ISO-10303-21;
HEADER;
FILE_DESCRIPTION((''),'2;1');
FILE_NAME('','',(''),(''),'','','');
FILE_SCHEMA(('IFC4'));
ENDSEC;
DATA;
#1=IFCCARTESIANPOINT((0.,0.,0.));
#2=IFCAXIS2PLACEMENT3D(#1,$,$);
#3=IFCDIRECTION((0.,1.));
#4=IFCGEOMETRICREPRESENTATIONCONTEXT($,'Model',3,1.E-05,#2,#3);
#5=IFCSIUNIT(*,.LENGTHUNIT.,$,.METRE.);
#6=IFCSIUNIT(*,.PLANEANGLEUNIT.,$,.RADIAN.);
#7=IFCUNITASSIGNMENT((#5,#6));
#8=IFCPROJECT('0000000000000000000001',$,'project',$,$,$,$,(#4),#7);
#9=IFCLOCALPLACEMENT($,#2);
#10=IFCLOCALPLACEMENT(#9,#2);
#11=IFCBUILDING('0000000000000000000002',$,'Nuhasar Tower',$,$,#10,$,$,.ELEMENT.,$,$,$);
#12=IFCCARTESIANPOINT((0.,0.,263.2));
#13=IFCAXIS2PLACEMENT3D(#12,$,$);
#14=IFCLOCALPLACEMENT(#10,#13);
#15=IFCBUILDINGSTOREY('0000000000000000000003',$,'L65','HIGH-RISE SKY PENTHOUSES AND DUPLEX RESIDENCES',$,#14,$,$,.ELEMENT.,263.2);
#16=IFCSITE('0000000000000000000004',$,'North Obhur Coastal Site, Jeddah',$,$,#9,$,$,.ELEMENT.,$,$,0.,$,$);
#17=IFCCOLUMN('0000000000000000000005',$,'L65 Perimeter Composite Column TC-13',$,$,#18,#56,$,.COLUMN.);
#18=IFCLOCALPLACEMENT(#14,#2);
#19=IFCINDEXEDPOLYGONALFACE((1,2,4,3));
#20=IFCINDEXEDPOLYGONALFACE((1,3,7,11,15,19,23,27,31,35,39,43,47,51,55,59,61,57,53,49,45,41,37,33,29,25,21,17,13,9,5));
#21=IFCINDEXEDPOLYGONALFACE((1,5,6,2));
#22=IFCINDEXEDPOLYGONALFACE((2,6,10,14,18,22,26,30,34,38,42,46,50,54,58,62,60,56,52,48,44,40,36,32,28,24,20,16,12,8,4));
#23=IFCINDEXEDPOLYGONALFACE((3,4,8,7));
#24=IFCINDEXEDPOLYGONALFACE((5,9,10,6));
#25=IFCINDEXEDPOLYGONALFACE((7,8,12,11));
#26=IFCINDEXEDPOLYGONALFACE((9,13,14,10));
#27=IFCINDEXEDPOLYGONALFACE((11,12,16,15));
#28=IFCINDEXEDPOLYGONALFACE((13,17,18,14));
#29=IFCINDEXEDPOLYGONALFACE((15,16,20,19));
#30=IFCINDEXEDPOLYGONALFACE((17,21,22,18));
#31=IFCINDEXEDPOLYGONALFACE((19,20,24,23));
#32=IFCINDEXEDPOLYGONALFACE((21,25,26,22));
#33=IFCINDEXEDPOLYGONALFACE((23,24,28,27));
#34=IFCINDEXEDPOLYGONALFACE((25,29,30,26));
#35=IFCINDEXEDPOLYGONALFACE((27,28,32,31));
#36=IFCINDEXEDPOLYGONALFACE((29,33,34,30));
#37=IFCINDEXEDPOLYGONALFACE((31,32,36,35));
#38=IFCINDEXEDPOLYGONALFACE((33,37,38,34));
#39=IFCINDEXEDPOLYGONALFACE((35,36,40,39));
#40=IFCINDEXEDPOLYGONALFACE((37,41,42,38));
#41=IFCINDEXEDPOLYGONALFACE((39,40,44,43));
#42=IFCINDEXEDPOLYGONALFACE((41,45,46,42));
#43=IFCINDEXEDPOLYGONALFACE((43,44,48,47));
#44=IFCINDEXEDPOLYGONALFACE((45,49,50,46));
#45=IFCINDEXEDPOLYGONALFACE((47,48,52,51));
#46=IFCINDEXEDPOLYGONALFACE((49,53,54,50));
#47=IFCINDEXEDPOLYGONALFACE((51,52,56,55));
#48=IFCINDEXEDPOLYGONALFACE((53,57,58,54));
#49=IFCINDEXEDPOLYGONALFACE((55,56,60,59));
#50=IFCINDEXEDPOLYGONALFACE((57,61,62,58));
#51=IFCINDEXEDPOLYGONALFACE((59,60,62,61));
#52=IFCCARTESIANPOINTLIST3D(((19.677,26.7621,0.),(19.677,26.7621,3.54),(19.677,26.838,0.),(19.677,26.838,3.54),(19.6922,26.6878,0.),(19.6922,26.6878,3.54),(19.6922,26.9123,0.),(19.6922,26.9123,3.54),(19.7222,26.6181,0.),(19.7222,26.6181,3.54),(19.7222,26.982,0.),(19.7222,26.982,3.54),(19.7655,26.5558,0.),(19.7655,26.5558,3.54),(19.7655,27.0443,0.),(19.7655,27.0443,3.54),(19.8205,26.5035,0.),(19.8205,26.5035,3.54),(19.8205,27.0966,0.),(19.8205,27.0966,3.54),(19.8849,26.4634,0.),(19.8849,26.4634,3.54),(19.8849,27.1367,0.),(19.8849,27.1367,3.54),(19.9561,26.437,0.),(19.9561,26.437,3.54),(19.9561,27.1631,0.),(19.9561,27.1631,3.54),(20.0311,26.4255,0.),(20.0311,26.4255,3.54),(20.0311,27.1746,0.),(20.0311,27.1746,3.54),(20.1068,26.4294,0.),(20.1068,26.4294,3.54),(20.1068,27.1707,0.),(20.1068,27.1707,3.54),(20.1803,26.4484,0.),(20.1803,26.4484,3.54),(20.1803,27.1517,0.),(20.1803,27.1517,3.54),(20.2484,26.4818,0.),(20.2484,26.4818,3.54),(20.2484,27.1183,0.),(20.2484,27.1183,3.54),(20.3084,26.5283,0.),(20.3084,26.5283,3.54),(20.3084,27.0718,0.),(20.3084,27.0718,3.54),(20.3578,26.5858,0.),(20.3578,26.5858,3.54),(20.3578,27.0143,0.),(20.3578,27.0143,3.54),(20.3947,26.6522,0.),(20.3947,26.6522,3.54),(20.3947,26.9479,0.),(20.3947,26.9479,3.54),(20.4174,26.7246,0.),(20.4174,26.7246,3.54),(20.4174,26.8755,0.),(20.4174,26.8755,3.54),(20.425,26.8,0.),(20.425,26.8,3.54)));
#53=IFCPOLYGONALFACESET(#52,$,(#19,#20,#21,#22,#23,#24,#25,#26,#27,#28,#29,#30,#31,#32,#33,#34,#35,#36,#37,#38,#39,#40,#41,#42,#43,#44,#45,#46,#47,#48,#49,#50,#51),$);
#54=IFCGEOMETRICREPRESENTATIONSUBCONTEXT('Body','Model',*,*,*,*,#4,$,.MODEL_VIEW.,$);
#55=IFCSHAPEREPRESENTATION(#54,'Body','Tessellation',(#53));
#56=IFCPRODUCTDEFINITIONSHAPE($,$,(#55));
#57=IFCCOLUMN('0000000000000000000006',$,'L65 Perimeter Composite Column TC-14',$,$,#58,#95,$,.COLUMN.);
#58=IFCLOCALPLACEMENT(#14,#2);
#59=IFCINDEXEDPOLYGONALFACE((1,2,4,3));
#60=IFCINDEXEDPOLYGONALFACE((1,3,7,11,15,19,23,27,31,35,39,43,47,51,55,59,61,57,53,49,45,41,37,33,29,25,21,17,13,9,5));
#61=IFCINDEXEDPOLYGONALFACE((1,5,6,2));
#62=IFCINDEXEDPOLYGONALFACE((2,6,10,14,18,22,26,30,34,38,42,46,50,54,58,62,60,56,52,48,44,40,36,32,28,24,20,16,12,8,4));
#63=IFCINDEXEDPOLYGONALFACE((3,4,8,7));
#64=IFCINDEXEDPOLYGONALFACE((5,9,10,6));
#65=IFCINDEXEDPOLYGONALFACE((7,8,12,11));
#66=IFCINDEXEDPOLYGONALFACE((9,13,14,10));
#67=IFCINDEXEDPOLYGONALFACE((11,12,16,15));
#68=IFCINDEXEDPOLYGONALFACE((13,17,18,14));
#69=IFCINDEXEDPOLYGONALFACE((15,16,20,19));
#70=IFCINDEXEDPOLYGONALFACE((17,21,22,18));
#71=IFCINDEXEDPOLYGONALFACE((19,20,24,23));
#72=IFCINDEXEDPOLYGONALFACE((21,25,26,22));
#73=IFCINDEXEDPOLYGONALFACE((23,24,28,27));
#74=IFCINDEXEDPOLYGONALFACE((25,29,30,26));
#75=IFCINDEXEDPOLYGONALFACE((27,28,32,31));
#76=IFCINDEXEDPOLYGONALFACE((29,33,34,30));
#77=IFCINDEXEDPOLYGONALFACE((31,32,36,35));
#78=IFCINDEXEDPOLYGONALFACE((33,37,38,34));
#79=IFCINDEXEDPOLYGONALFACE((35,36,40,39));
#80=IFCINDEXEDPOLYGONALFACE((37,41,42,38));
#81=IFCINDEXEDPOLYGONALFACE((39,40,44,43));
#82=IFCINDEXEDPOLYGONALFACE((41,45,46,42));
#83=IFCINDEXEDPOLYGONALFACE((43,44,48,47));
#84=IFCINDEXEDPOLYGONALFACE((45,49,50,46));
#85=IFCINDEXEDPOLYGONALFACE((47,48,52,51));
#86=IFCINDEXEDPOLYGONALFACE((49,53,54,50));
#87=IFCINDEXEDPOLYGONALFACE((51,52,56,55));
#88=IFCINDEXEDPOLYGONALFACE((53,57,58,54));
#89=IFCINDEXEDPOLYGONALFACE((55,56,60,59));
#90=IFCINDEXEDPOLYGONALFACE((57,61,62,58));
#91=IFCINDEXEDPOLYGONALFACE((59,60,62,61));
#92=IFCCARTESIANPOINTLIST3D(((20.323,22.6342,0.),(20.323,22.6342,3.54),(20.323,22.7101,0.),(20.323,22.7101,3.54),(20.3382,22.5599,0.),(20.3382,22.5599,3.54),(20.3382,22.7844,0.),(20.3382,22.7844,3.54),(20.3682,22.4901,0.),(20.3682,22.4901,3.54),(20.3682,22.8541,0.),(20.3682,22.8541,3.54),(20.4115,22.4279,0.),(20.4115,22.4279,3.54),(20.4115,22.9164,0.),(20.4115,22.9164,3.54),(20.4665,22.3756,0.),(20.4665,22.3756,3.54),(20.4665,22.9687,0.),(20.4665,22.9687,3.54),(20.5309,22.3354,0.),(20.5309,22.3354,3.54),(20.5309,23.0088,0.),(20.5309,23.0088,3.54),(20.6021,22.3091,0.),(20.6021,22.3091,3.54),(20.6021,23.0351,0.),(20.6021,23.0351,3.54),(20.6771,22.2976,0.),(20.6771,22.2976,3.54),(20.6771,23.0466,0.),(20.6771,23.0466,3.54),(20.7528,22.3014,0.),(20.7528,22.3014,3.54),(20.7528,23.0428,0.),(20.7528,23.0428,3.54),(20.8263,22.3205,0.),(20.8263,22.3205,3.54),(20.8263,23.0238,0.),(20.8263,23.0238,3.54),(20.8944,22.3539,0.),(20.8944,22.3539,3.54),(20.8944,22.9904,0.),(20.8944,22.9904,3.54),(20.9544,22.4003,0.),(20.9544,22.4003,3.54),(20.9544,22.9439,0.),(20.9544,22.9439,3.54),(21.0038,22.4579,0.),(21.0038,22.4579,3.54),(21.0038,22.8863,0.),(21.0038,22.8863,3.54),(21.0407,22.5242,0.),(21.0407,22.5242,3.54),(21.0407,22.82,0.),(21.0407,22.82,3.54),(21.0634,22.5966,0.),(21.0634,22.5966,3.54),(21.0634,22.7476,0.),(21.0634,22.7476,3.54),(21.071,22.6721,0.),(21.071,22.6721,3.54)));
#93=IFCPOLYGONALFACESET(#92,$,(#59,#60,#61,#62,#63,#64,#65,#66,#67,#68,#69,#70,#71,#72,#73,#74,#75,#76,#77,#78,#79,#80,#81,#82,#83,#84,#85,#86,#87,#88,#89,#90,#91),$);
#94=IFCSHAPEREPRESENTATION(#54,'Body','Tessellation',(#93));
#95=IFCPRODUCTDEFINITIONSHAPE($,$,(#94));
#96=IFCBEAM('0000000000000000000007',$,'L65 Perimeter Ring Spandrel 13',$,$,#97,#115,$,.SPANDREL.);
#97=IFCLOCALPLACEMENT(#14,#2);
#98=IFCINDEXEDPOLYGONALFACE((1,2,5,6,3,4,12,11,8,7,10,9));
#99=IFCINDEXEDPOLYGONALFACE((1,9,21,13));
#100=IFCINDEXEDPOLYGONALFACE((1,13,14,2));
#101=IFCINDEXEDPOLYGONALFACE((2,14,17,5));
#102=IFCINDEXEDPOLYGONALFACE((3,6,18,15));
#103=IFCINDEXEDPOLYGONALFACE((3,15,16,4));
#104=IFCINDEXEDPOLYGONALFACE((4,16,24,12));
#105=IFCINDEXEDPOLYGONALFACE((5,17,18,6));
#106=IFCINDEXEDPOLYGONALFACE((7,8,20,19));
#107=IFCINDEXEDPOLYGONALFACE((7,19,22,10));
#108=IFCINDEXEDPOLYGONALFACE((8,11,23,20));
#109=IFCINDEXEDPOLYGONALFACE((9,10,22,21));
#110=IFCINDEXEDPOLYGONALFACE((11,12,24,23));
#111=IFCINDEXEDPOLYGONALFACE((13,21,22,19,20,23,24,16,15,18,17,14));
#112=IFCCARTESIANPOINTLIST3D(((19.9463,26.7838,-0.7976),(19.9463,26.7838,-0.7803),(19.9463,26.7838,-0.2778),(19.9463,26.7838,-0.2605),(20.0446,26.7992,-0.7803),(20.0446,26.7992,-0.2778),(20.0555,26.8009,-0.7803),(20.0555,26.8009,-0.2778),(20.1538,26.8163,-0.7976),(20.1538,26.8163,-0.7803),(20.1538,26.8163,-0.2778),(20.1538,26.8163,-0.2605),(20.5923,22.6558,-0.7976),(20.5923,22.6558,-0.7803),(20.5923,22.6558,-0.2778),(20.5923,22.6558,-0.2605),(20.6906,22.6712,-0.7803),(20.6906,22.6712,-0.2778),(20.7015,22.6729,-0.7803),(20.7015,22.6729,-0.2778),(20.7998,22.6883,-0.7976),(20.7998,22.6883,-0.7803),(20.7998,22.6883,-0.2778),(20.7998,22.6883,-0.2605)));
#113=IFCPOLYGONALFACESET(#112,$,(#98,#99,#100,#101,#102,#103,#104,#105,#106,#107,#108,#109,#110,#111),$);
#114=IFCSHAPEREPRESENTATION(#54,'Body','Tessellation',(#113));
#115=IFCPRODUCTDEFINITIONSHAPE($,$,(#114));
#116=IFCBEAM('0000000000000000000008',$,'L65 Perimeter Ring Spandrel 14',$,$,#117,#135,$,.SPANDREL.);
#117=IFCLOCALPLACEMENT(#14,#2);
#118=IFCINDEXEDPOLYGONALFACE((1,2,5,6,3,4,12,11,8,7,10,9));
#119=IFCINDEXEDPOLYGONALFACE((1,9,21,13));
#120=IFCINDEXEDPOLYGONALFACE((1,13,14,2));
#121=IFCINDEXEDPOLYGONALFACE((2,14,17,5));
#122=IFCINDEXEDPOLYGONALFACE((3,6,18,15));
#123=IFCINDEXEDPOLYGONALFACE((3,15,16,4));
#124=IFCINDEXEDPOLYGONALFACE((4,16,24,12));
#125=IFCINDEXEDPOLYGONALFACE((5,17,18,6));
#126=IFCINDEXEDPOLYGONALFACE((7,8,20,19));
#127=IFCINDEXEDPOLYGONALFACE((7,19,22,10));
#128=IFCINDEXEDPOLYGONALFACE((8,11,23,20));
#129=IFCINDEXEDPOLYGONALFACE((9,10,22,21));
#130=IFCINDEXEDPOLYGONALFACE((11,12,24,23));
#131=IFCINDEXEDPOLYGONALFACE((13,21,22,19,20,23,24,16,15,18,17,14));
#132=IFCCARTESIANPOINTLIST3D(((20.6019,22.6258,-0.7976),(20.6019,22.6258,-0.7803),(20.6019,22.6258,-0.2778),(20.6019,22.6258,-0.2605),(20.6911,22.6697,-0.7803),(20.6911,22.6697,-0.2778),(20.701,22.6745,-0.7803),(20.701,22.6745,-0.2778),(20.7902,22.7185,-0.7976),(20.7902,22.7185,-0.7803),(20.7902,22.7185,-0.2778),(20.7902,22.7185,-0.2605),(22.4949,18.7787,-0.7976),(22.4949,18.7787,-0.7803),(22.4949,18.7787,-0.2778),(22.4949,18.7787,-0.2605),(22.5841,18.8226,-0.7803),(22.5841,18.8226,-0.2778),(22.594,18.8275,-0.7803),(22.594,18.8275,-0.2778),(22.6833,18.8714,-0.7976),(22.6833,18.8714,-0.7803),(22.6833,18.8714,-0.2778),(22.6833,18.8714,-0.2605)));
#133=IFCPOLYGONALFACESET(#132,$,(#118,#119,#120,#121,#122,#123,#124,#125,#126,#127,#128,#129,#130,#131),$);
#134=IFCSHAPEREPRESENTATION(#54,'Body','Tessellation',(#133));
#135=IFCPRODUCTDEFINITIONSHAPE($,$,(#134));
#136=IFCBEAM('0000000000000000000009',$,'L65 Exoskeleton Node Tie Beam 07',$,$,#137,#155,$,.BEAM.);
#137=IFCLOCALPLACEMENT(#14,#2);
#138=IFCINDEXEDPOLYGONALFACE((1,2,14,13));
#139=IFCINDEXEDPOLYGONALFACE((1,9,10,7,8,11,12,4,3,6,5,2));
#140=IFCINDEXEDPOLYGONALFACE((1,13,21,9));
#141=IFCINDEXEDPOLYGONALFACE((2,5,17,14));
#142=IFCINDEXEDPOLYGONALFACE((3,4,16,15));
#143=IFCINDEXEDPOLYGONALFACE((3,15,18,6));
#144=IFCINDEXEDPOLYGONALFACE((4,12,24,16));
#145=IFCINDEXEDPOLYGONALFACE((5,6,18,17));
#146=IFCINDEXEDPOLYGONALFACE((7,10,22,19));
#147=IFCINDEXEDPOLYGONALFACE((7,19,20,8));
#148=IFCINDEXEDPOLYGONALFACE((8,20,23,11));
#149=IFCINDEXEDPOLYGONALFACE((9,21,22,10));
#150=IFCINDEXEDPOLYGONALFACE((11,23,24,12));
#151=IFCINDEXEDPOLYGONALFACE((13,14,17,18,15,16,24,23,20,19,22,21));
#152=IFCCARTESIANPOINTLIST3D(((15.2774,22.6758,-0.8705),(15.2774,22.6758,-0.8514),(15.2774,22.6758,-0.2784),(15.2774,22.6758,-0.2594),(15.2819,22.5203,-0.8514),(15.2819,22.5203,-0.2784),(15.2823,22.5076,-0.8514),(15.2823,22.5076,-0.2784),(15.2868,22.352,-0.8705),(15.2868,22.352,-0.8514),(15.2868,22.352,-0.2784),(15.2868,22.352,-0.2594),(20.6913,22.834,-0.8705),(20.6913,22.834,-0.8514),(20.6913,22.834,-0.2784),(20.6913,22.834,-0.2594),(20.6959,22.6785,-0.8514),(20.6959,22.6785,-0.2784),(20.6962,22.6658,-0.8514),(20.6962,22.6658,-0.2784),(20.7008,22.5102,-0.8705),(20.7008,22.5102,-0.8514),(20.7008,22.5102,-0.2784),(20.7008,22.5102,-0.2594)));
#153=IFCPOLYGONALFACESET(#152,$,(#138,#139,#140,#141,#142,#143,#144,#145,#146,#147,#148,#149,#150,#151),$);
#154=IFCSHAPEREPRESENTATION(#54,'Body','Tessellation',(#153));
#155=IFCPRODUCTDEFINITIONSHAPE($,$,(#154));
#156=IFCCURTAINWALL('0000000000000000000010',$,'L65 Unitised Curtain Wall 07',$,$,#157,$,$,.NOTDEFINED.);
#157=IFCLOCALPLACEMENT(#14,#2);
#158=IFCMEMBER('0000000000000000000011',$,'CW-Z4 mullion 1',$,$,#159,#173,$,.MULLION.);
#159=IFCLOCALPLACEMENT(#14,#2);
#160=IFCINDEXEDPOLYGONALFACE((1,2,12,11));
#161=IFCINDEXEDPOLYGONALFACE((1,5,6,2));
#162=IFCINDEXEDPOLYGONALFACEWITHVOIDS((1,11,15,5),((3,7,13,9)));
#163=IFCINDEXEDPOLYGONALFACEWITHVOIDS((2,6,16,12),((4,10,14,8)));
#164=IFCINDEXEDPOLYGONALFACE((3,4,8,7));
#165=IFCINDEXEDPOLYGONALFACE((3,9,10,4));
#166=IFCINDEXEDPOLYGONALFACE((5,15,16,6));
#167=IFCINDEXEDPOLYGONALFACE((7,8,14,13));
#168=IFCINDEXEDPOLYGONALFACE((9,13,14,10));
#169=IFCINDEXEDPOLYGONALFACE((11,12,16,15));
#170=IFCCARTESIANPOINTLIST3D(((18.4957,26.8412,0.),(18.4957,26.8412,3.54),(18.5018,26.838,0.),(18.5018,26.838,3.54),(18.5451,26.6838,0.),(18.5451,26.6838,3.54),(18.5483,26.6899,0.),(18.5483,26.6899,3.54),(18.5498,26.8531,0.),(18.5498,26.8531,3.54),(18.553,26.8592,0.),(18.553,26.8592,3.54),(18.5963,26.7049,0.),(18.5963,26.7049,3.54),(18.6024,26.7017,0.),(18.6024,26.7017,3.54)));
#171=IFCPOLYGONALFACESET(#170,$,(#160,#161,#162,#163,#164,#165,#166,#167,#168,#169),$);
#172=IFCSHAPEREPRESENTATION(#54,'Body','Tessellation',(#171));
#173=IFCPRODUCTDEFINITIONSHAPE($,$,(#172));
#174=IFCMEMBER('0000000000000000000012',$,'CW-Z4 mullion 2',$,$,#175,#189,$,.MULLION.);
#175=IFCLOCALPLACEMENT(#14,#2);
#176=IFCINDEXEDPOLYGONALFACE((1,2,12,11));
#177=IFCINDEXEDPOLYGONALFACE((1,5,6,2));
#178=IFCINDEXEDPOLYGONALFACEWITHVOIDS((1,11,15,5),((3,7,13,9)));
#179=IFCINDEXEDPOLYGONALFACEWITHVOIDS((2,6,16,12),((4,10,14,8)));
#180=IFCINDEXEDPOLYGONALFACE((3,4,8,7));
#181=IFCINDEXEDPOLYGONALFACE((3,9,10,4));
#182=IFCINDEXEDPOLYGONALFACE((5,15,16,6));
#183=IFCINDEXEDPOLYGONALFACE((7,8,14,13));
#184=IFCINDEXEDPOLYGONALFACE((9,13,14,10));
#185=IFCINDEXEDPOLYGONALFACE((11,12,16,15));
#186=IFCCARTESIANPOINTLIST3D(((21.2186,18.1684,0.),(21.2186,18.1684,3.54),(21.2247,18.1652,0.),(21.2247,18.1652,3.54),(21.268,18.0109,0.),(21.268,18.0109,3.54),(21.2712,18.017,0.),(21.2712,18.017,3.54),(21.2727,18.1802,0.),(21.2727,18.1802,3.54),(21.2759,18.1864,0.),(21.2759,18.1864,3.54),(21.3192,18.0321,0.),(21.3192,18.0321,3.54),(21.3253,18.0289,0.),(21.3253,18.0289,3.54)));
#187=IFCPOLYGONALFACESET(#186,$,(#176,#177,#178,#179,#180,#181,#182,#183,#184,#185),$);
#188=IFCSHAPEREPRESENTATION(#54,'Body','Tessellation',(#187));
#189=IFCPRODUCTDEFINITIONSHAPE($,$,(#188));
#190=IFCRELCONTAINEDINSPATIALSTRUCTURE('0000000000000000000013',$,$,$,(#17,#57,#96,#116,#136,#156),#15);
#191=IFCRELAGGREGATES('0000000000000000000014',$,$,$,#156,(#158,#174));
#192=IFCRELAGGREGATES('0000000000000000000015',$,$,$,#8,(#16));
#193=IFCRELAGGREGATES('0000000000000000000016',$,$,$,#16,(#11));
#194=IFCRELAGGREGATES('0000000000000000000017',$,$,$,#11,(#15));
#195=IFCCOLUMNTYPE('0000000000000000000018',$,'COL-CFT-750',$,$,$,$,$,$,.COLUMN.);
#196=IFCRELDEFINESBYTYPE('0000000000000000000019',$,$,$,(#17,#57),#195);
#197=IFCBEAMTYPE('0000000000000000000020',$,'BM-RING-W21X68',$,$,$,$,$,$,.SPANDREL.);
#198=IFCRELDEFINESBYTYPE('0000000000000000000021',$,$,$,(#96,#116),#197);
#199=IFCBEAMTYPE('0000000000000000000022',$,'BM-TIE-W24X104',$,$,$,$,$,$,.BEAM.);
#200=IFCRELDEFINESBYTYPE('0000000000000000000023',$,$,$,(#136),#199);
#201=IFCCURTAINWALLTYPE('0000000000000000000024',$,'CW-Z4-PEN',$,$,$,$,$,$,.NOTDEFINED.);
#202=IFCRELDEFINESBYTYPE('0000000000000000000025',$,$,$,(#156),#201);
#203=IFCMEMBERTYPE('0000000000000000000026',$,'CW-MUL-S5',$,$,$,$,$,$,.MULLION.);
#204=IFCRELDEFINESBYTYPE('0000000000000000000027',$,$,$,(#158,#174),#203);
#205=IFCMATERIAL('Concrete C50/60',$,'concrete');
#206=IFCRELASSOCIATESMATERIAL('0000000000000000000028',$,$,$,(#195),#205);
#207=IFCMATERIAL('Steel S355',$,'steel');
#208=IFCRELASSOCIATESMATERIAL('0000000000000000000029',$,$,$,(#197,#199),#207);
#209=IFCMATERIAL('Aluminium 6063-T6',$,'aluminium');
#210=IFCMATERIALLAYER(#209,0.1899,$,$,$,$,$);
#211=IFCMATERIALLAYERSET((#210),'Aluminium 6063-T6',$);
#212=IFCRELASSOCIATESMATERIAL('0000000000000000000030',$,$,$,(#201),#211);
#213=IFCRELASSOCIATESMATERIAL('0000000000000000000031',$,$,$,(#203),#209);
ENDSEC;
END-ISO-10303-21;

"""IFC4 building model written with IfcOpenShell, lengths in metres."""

from ifc_helpers import new_model, si_unit, direction, frame, origin, origin_2d, place, context, subcontext, project, spatial, hollow_rectangle, circle, i_section, extrude, material, layer, layer_set, material_profile, profile_set, type_object, element, aggregate, save


model = new_model("IFC4")

# Units and contexts
model_context = context("Model", 3, precision=1e-05, world=origin(), true_north=direction((0.0, 1.0)))
body_context = subcontext(model_context, "Body", "Model", "MODEL_VIEW")
ifc_project = project(units=[si_unit("LENGTHUNIT", "METRE"), si_unit("PLANEANGLEUNIT", "RADIAN")], contexts=[model_context])

# Site, building, storey
site_placement = place(None, origin())
site = spatial("IfcSite", under=ifc_project, at=site_placement, Name="North Obhur Coastal Site, Jeddah", CompositionType="ELEMENT", RefElevation=0.0)
building_placement = place(site_placement, origin())
building = spatial("IfcBuilding", under=site, at=building_placement, Name="Nuhasar Tower", CompositionType="ELEMENT")
storey_placement = place(building_placement, frame((0.0, 0.0, 263.2)))
storey = spatial("IfcBuildingStorey", under=building, at=storey_placement, Name="L65", Description="HIGH-RISE SKY PENTHOUSES AND DUPLEX RESIDENCES", CompositionType="ELEMENT", Elevation=263.2)

# Columns
ifc_material_1 = material(Name="Concrete C50/60", Category="concrete")
ifc_material_profile_1 = material_profile(ifc_material_1, circle(Radius=0.375, at=origin_2d()), Name="CFT750")
ifc_profile_set_1 = profile_set([ifc_material_profile_1], Name="Concrete C50/60")
column_type = type_object("IfcColumnType", Name="COL-CFT-750", PredefinedType="COLUMN", material=ifc_profile_set_1)
for number, where, z_axis, x_axis, name in (
    (1, (20.05, 26.8, 0.0), (0.0, 0.0, 1.0), (1.0, 0.0, 0.0), "L65 Perimeter Composite Column TC-13"),
    (2, (20.696, 22.6721, 0.0), (0.0, 0.0, 1.0), (1.0, 0.0, 0.0), "L65 Perimeter Composite Column TC-14"),
):
    element("IfcColumn", number, at=place(storey_placement, frame(where, z_axis=z_axis, x_axis=x_axis)), inside=storey, type_object=column_type, Name=name, PredefinedType="COLUMN", context=body_context, shape_type="SweptSolid", body=[
        extrude(circle(Radius=0.375, at=origin_2d()), origin(), (0.0, 0.0, 1.0), 3.54),
    ])

# Beams
ifc_material_2 = material(Name="Steel S355", Category="steel")
ifc_material_profile_2 = material_profile(ifc_material_2, i_section(OverallWidth=0.21, OverallDepth=0.5371, WebThickness=0.011, FlangeThickness=0.0173, at=origin_2d()), Name="W21X68")
ifc_profile_set_2 = profile_set([ifc_material_profile_2], Name="Steel S355")
beam_type_1 = type_object("IfcBeamType", Name="BM-RING-W21X68", PredefinedType="SPANDREL", material=ifc_profile_set_2)
beam_1_placement = place(storey_placement, frame((20.05, 26.8, -0.5291), z_axis=(0.154612, -0.987975, 0.0), x_axis=(0.987975, 0.154612, 0.0)))
element("IfcBeam", 3, at=beam_1_placement, inside=storey, type_object=beam_type_1, Name="L65 Perimeter Ring Spandrel 13", PredefinedType="SPANDREL", context=body_context, shape_type="SweptSolid", body=[
    extrude(i_section(OverallWidth=0.21, OverallDepth=0.5371, WebThickness=0.011, FlangeThickness=0.0173, at=origin_2d()), origin(), (0.0, 0.0, 1.0), 4.1782),
])
beam_2_placement = place(storey_placement, frame((20.696, 22.6721, -0.5291), z_axis=(0.441511, -0.897256, 0.0), x_axis=(0.897256, 0.441511, 0.0)))
element("IfcBeam", 4, at=beam_2_placement, inside=storey, type_object=beam_type_1, Name="L65 Perimeter Ring Spandrel 14", PredefinedType="SPANDREL", context=body_context, shape_type="SweptSolid", body=[
    extrude(i_section(OverallWidth=0.21, OverallDepth=0.5371, WebThickness=0.011, FlangeThickness=0.0173, at=origin_2d()), origin(), (0.0, 0.0, 1.0), 4.2876),
])
ifc_material_profile_3 = material_profile(ifc_material_2, i_section(OverallWidth=0.324, OverallDepth=0.6111, WebThickness=0.0127, FlangeThickness=0.019, at=origin_2d()), Name="W24X104")
ifc_profile_set_3 = profile_set([ifc_material_profile_3], Name="Steel S355")
beam_type_2 = type_object("IfcBeamType", Name="BM-TIE-W24X104", PredefinedType="BEAM", material=ifc_profile_set_3)
beam_3_placement = place(storey_placement, frame((20.696, 22.6721, -0.5649), z_axis=(-0.999573, -0.029208, 0.0), x_axis=(0.029208, -0.999573, 0.0)))
element("IfcBeam", 5, at=beam_3_placement, inside=storey, type_object=beam_type_2, Name="L65 Exoskeleton Node Tie Beam 07", PredefinedType="BEAM", context=body_context, shape_type="SweptSolid", body=[
    extrude(i_section(OverallWidth=0.324, OverallDepth=0.6111, WebThickness=0.0127, FlangeThickness=0.019, at=origin_2d()), origin(), (0.0, 0.0, 1.0), 5.4163),
])

# Curtain wall, members
ifc_material_3 = material(Name="Aluminium 6063-T6", Category="aluminium")
ifc_layer_1 = layer(ifc_material_3, 0.1899)
ifc_layer_set_1 = layer_set([ifc_layer_1], Name="Aluminium 6063-T6")
curtain_wall_type = type_object("IfcCurtainWallType", Name="CW-Z4-PEN", PredefinedType="NOTDEFINED", material=ifc_layer_set_1)
curtain_wall_1_placement = place(storey_placement, origin())
curtain_wall_1 = element("IfcCurtainWall", 6, at=curtain_wall_1_placement, inside=storey, type_object=curtain_wall_type, Name="L65 Unitised Curtain Wall 07", PredefinedType="NOTDEFINED")
ifc_material_profile_4 = material_profile(ifc_material_3, hollow_rectangle(XDim=0.0601, YDim=0.165, WallThickness=0.0049, at=origin_2d()), Name="CWM-5")
ifc_profile_set_4 = profile_set([ifc_material_profile_4], Name="Aluminium 6063-T6")
member_type_1 = type_object("IfcMemberType", Name="CW-MUL-S5", PredefinedType="MULLION", material=ifc_profile_set_4)
member_1_placement = place(storey_placement, frame((18.5491, 26.7715, 0.0), z_axis=(0.0, 0.0, 1.0), x_axis=(0.954079, 0.299557, 0.0)))
member_1 = element("IfcMember", 7, at=member_1_placement, type_object=member_type_1, Name="CW-Z4 mullion 1", PredefinedType="MULLION", context=body_context, shape_type="SweptSolid", body=[
    extrude(hollow_rectangle(XDim=0.0601, YDim=0.165, WallThickness=0.0049, at=origin_2d()), origin(), (0.0, 0.0, 1.0), 3.54),
])
member_2_placement = place(storey_placement, frame((21.272, 18.0986, 0.0), z_axis=(0.0, 0.0, 1.0), x_axis=(0.954079, 0.299557, 0.0)))
member_2 = element("IfcMember", 8, at=member_2_placement, type_object=member_type_1, Name="CW-Z4 mullion 2", PredefinedType="MULLION", context=body_context, shape_type="SweptSolid", body=[
    extrude(hollow_rectangle(XDim=0.0601, YDim=0.165, WallThickness=0.0049, at=origin_2d()), origin(), (0.0, 0.0, 1.0), 3.54),
])

aggregate(curtain_wall_1, [member_1, member_2])

save(model, "model.ifc")
